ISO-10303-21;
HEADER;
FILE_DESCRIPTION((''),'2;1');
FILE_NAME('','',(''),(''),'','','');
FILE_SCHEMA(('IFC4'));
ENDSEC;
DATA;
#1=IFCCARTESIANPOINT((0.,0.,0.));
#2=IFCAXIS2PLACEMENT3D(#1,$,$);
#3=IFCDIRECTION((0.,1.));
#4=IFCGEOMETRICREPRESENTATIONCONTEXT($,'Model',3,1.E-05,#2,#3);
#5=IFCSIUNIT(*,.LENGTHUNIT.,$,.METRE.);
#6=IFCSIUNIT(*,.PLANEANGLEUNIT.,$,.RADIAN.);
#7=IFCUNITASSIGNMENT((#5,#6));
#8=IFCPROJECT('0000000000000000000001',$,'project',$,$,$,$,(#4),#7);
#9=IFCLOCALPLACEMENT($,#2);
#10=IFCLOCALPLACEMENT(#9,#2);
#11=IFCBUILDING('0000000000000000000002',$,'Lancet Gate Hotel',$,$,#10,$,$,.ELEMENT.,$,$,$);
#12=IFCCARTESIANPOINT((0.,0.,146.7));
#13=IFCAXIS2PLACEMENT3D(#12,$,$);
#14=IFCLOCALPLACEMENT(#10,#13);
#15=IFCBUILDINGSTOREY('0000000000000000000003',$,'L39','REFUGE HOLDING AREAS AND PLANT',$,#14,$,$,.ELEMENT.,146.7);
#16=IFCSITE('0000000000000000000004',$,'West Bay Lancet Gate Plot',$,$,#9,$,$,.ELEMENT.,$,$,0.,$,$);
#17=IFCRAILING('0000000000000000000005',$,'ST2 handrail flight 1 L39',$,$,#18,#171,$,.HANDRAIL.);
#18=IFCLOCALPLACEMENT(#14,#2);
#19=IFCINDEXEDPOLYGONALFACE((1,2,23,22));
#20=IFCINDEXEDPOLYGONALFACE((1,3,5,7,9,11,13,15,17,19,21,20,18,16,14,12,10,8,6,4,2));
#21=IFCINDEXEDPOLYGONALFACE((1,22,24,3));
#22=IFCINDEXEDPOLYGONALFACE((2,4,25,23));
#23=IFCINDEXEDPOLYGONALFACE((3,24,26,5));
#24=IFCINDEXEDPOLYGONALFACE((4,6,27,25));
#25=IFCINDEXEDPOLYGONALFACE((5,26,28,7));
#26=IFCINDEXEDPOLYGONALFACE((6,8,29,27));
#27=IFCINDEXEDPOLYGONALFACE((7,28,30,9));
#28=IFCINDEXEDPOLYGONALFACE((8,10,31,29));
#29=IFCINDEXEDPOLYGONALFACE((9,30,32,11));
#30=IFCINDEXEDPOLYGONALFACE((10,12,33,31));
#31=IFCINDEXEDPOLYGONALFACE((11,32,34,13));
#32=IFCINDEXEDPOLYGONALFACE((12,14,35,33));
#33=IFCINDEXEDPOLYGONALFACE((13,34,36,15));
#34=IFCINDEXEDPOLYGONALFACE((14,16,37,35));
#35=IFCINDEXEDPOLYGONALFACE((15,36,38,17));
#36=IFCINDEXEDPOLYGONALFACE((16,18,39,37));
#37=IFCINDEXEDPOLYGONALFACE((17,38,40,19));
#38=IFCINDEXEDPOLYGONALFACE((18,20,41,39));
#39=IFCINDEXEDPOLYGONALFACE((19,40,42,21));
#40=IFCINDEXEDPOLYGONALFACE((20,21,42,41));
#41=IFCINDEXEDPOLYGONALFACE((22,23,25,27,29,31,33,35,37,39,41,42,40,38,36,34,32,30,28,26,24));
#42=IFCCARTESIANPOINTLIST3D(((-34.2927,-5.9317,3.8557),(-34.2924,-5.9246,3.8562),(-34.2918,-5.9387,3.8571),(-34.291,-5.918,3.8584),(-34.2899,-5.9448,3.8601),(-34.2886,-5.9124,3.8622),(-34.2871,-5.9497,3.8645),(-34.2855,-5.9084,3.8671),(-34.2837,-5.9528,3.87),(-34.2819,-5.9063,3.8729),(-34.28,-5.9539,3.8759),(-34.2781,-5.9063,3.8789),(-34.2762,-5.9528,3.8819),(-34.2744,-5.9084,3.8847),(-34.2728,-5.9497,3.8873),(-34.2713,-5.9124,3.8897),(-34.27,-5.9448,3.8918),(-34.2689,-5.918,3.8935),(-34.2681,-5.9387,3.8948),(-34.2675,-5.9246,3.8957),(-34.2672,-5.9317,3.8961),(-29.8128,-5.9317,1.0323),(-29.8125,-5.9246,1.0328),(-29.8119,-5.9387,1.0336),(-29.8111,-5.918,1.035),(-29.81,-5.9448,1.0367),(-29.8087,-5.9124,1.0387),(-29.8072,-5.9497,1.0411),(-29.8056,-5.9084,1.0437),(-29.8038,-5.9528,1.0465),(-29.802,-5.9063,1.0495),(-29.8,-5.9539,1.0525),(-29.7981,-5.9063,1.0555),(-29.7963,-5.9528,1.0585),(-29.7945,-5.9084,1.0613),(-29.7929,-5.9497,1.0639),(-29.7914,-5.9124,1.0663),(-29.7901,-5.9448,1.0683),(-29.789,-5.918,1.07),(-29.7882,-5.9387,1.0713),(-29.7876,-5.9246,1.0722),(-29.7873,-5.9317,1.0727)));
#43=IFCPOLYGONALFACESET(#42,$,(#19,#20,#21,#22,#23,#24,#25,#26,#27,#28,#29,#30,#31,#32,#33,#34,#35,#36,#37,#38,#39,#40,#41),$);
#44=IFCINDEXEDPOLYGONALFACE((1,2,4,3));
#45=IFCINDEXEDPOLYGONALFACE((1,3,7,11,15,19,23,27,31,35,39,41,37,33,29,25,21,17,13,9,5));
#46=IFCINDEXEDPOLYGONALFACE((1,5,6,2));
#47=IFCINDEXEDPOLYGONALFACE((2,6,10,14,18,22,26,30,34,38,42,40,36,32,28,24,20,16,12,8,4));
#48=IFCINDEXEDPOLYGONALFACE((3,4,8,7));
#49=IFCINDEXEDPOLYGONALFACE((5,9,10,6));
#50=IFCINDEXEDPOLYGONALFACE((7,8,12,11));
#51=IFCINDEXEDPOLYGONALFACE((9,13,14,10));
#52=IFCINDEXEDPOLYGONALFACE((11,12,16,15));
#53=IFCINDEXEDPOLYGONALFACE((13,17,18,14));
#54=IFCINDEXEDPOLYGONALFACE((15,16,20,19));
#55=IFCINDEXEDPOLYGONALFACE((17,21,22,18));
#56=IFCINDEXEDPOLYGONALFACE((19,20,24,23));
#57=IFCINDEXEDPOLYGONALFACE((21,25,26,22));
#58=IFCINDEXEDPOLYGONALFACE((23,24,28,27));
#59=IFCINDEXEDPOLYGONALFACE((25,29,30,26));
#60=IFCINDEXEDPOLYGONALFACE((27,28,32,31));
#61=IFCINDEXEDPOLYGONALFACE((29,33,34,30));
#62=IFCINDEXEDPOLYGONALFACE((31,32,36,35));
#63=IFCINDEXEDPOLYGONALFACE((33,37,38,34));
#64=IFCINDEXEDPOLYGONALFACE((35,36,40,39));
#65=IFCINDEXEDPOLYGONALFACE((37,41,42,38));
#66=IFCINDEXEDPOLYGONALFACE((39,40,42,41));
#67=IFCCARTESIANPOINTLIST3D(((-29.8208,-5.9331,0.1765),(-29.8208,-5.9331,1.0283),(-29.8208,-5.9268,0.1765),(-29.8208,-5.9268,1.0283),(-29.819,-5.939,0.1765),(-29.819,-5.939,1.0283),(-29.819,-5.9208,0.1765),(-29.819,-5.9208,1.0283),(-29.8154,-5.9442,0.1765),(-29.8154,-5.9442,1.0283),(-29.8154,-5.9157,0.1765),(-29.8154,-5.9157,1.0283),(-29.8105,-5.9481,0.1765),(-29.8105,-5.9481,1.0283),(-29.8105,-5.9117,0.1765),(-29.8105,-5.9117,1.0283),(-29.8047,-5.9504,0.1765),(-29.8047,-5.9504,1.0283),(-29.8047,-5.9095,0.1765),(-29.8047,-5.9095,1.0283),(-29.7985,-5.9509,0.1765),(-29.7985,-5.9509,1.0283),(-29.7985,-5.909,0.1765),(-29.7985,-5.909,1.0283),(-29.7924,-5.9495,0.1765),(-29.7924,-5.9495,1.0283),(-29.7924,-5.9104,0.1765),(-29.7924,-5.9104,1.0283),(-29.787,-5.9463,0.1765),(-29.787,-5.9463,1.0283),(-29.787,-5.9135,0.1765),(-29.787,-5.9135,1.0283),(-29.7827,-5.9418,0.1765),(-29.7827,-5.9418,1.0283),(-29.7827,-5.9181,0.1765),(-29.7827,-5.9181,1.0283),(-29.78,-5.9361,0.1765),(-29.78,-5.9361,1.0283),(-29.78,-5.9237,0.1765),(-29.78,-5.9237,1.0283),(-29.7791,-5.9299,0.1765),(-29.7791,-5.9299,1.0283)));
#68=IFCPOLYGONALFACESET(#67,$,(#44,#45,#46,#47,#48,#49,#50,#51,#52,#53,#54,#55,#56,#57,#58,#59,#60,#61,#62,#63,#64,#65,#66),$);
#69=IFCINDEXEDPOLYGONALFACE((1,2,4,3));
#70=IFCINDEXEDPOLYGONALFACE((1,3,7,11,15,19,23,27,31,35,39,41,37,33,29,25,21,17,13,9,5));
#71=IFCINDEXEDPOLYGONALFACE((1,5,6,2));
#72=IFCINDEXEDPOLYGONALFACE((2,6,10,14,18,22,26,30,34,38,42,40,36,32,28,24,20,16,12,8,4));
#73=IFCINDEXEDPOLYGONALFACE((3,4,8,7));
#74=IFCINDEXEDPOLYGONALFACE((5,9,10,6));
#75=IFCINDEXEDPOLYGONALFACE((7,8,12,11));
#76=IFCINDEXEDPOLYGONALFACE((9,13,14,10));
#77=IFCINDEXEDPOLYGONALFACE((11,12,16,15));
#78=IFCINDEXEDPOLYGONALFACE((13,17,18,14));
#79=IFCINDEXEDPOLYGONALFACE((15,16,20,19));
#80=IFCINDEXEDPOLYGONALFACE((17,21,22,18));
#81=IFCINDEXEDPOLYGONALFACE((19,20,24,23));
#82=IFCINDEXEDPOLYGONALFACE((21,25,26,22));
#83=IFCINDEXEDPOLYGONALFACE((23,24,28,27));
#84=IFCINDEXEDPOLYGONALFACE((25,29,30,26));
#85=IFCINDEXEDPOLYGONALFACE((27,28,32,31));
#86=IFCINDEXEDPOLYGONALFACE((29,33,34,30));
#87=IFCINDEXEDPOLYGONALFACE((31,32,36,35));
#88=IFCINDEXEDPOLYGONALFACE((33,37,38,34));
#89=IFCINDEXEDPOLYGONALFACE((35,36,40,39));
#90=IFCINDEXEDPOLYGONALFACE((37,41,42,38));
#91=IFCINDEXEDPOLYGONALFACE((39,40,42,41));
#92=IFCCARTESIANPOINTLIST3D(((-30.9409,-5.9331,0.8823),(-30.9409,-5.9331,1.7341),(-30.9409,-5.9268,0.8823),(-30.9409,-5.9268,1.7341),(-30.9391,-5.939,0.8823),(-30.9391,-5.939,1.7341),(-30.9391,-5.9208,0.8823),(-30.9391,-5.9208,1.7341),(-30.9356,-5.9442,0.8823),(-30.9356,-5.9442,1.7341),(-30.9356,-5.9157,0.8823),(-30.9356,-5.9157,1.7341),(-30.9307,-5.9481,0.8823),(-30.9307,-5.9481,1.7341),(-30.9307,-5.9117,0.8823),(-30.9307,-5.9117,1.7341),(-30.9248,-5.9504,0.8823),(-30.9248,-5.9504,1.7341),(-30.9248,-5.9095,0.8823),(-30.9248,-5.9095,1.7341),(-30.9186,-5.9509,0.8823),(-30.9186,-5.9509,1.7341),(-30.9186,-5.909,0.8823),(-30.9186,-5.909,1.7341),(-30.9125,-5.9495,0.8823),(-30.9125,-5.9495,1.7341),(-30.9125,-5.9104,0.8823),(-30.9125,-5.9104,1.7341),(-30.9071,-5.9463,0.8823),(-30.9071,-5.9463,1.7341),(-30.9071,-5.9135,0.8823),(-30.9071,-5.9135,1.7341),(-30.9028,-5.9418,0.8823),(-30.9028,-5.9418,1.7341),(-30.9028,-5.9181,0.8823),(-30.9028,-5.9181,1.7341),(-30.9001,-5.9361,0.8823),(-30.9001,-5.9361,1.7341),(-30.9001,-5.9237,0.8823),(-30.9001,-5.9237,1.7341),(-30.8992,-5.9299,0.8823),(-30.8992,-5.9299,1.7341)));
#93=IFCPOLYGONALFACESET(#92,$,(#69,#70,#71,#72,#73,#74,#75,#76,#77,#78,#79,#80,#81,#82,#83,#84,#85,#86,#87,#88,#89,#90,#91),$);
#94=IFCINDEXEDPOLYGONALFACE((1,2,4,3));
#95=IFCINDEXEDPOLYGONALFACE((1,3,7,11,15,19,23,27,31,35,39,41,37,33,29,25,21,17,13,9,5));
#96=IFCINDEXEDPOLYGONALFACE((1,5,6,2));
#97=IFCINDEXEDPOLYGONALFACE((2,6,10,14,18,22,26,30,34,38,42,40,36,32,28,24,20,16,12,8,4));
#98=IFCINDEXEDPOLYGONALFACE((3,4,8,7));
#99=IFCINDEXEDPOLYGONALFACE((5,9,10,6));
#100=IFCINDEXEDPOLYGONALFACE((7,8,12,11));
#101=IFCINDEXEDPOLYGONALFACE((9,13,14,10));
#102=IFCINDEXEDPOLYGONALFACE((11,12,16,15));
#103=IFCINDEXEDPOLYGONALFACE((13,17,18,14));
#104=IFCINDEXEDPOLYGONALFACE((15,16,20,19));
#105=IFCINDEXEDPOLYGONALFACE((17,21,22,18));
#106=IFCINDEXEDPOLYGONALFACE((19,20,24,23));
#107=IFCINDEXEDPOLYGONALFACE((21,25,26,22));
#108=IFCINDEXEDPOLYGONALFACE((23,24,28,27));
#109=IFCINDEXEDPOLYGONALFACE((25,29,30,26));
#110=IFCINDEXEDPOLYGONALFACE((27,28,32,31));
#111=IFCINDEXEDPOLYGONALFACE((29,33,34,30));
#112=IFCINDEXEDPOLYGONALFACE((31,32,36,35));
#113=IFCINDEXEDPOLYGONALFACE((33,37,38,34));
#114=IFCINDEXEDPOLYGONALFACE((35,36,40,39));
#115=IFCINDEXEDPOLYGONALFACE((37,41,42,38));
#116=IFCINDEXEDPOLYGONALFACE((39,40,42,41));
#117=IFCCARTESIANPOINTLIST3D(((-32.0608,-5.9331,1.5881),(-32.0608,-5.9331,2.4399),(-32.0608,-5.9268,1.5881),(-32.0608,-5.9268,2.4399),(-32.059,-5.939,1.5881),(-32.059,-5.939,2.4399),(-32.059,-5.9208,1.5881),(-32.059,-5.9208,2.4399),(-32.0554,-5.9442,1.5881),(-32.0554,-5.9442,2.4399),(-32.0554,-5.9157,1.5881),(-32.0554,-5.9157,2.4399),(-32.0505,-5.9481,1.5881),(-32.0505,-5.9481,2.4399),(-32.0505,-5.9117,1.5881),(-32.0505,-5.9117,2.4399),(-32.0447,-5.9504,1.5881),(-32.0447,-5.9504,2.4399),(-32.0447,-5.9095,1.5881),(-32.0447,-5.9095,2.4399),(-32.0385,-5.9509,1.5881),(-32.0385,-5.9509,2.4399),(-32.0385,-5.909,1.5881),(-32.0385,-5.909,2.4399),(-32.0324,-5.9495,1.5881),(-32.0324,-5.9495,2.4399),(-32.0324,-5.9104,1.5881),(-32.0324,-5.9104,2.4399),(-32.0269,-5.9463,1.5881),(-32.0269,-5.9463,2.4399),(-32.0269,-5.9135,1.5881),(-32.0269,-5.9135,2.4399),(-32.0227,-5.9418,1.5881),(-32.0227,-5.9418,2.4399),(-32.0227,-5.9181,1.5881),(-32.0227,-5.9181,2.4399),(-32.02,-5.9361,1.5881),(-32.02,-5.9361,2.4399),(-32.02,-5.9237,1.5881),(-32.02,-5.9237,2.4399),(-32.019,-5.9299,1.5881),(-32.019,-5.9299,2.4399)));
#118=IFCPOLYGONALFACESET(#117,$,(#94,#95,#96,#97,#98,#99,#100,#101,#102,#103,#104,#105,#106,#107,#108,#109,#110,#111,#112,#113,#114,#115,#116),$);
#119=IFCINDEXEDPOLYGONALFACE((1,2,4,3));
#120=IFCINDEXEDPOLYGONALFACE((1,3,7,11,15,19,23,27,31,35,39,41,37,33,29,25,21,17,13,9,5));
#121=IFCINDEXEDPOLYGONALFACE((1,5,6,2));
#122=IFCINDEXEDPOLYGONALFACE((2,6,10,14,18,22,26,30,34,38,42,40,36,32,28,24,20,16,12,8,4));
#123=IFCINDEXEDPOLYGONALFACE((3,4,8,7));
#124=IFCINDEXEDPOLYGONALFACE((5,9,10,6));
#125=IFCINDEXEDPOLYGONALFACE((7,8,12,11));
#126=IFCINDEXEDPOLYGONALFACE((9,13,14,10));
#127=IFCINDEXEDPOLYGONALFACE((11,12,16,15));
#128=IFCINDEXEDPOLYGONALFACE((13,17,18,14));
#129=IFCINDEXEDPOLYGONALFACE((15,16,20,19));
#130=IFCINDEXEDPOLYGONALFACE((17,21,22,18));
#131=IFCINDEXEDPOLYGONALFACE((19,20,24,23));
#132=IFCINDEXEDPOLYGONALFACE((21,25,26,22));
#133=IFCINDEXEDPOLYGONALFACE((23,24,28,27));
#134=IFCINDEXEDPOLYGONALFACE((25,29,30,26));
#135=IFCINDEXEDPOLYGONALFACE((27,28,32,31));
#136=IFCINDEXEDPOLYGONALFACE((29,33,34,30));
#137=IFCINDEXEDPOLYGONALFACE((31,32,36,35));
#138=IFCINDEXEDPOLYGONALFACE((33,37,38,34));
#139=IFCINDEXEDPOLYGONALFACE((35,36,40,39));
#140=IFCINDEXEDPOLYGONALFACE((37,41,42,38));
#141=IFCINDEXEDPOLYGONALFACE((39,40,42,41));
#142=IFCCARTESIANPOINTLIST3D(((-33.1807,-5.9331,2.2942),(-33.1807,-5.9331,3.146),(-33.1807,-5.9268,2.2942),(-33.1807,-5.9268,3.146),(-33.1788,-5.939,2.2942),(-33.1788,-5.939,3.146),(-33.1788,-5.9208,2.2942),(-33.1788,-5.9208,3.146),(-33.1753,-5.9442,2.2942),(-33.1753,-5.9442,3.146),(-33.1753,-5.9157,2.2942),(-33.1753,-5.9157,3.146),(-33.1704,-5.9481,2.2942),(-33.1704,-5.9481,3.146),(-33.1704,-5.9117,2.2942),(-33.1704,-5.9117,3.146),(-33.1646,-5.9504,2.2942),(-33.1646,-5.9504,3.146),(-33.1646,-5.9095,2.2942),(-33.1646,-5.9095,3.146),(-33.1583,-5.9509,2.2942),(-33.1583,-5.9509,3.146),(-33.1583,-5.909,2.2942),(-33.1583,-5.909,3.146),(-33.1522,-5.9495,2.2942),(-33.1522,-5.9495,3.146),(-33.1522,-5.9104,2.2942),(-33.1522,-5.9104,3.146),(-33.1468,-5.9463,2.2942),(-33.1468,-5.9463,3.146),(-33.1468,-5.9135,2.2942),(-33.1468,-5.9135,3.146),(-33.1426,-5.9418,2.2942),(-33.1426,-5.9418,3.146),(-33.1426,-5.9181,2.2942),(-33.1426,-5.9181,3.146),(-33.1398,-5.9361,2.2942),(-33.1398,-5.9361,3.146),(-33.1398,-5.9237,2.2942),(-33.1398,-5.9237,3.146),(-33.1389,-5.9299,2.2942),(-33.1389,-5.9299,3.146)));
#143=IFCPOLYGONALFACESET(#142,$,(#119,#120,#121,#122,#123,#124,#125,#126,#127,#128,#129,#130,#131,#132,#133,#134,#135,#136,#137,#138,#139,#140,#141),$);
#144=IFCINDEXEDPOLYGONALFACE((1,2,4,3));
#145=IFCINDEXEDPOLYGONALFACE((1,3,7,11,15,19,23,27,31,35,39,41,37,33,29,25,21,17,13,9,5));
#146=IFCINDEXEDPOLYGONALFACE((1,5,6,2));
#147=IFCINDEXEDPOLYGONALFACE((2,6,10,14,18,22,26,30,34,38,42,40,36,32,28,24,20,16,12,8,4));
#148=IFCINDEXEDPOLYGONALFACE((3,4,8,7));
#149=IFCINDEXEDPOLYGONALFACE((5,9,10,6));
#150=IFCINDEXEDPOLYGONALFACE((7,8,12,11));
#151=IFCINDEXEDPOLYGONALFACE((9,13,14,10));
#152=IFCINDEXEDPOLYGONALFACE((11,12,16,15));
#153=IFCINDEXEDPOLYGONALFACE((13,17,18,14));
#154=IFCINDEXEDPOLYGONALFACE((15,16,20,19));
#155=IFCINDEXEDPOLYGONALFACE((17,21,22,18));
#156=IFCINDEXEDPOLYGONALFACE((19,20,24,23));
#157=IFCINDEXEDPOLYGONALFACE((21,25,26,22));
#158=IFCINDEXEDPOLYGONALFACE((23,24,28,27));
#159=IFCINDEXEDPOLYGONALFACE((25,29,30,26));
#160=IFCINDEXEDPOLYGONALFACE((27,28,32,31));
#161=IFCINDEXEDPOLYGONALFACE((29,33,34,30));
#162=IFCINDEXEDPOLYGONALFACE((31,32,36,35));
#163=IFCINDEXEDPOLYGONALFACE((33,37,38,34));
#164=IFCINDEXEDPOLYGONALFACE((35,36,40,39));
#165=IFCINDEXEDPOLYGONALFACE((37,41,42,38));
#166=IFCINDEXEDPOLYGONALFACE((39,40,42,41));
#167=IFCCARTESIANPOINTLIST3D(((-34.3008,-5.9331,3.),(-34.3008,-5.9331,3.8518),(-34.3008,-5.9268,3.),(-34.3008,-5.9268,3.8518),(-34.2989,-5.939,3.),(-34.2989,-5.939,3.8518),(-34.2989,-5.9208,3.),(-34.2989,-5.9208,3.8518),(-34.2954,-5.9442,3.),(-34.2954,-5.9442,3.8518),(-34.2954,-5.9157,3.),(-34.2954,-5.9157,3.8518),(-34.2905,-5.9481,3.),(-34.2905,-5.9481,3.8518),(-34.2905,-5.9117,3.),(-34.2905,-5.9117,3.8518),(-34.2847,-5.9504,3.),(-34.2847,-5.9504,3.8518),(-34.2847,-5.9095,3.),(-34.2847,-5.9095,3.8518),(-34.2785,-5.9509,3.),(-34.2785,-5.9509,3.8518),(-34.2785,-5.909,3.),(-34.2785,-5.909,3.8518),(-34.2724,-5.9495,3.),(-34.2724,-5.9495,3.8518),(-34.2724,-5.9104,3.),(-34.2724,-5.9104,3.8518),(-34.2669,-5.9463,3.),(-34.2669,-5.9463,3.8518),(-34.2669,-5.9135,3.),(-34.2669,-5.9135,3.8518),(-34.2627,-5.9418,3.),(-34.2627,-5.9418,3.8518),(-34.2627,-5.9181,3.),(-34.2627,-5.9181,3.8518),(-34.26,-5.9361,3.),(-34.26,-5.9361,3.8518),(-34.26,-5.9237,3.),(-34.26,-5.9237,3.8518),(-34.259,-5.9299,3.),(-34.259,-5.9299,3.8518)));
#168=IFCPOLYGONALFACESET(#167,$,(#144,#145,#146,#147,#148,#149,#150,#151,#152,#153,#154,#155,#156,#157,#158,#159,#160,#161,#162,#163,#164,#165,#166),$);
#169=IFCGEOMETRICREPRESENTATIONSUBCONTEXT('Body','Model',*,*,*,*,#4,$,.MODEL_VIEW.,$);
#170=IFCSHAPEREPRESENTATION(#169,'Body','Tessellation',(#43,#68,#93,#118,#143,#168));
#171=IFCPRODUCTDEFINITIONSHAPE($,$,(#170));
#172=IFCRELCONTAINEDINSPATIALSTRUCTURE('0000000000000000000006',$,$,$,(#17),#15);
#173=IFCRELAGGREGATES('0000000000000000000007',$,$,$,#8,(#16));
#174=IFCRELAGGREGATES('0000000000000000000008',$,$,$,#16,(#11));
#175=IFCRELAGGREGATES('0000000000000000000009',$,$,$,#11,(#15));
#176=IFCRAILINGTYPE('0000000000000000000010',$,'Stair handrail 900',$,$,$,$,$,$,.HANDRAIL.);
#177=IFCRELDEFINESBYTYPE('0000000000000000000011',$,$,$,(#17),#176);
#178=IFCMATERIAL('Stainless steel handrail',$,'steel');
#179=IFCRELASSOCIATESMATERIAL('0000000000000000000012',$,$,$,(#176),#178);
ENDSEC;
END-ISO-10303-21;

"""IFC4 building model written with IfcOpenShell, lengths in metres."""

from ifc_helpers import new_model, si_unit, direction, frame, origin, origin_2d, place, context, subcontext, project, spatial, circle, extrude, material, type_object, element, save


model = new_model("IFC4")

# Units and contexts
model_context = context("Model", 3, precision=1e-05, world=origin(), true_north=direction((0.0, 1.0)))
body_context = subcontext(model_context, "Body", "Model", "MODEL_VIEW")
ifc_project = project(units=[si_unit("LENGTHUNIT", "METRE"), si_unit("PLANEANGLEUNIT", "RADIAN")], contexts=[model_context])

# Site, building, storey
site_placement = place(None, origin())
site = spatial("IfcSite", under=ifc_project, at=site_placement, Name="West Bay Lancet Gate Plot", CompositionType="ELEMENT", RefElevation=0.0)
building_placement = place(site_placement, origin())
building = spatial("IfcBuilding", under=site, at=building_placement, Name="Lancet Gate Hotel", CompositionType="ELEMENT")
storey_placement = place(building_placement, frame((0.0, 0.0, 146.7)))
storey = spatial("IfcBuildingStorey", under=building, at=storey_placement, Name="L39", Description="REFUGE HOLDING AREAS AND PLANT", CompositionType="ELEMENT", Elevation=146.7)

# Railing
ifc_material_1 = material(Name="Stainless steel handrail", Category="steel")
railing_type = type_object("IfcRailingType", Name="Stair handrail 900", PredefinedType="HANDRAIL", material=ifc_material_1)
railing_1_placement = place(storey_placement, frame((-29.8, -5.9299, 0.1765)))
element("IfcRailing", 1, at=railing_1_placement, inside=storey, type_object=railing_type, Name="ST2 handrail flight 1 L39", PredefinedType="HANDRAIL", context=body_context, shape_type="SweptSolid", body=[
    extrude(circle(Radius=0.0239, at=origin_2d()), frame((0.0, 0.0, 0.876), z_axis=(-0.845998, 0.0, 0.533186), x_axis=(0.0, -1.0, 0.0)), (0.0, 0.0, 1.0), 5.2954),
    extrude(circle(Radius=0.021, at=origin_2d()), origin(), (0.0, 0.0, 1.0), 0.8518),
    extrude(circle(Radius=0.021, at=origin_2d()), frame((-1.1201, 0.0, 0.7058)), (0.0, 0.0, 1.0), 0.8518),
    extrude(circle(Radius=0.021, at=origin_2d()), frame((-2.24, 0.0, 1.4116)), (0.0, 0.0, 1.0), 0.8518),
    extrude(circle(Radius=0.021, at=origin_2d()), frame((-3.3599, 0.0, 2.1177)), (0.0, 0.0, 1.0), 0.8518),
    extrude(circle(Radius=0.021, at=origin_2d()), frame((-4.48, 0.0, 2.8235)), (0.0, 0.0, 1.0), 0.8518),
])

save(model, "model.ifc")
